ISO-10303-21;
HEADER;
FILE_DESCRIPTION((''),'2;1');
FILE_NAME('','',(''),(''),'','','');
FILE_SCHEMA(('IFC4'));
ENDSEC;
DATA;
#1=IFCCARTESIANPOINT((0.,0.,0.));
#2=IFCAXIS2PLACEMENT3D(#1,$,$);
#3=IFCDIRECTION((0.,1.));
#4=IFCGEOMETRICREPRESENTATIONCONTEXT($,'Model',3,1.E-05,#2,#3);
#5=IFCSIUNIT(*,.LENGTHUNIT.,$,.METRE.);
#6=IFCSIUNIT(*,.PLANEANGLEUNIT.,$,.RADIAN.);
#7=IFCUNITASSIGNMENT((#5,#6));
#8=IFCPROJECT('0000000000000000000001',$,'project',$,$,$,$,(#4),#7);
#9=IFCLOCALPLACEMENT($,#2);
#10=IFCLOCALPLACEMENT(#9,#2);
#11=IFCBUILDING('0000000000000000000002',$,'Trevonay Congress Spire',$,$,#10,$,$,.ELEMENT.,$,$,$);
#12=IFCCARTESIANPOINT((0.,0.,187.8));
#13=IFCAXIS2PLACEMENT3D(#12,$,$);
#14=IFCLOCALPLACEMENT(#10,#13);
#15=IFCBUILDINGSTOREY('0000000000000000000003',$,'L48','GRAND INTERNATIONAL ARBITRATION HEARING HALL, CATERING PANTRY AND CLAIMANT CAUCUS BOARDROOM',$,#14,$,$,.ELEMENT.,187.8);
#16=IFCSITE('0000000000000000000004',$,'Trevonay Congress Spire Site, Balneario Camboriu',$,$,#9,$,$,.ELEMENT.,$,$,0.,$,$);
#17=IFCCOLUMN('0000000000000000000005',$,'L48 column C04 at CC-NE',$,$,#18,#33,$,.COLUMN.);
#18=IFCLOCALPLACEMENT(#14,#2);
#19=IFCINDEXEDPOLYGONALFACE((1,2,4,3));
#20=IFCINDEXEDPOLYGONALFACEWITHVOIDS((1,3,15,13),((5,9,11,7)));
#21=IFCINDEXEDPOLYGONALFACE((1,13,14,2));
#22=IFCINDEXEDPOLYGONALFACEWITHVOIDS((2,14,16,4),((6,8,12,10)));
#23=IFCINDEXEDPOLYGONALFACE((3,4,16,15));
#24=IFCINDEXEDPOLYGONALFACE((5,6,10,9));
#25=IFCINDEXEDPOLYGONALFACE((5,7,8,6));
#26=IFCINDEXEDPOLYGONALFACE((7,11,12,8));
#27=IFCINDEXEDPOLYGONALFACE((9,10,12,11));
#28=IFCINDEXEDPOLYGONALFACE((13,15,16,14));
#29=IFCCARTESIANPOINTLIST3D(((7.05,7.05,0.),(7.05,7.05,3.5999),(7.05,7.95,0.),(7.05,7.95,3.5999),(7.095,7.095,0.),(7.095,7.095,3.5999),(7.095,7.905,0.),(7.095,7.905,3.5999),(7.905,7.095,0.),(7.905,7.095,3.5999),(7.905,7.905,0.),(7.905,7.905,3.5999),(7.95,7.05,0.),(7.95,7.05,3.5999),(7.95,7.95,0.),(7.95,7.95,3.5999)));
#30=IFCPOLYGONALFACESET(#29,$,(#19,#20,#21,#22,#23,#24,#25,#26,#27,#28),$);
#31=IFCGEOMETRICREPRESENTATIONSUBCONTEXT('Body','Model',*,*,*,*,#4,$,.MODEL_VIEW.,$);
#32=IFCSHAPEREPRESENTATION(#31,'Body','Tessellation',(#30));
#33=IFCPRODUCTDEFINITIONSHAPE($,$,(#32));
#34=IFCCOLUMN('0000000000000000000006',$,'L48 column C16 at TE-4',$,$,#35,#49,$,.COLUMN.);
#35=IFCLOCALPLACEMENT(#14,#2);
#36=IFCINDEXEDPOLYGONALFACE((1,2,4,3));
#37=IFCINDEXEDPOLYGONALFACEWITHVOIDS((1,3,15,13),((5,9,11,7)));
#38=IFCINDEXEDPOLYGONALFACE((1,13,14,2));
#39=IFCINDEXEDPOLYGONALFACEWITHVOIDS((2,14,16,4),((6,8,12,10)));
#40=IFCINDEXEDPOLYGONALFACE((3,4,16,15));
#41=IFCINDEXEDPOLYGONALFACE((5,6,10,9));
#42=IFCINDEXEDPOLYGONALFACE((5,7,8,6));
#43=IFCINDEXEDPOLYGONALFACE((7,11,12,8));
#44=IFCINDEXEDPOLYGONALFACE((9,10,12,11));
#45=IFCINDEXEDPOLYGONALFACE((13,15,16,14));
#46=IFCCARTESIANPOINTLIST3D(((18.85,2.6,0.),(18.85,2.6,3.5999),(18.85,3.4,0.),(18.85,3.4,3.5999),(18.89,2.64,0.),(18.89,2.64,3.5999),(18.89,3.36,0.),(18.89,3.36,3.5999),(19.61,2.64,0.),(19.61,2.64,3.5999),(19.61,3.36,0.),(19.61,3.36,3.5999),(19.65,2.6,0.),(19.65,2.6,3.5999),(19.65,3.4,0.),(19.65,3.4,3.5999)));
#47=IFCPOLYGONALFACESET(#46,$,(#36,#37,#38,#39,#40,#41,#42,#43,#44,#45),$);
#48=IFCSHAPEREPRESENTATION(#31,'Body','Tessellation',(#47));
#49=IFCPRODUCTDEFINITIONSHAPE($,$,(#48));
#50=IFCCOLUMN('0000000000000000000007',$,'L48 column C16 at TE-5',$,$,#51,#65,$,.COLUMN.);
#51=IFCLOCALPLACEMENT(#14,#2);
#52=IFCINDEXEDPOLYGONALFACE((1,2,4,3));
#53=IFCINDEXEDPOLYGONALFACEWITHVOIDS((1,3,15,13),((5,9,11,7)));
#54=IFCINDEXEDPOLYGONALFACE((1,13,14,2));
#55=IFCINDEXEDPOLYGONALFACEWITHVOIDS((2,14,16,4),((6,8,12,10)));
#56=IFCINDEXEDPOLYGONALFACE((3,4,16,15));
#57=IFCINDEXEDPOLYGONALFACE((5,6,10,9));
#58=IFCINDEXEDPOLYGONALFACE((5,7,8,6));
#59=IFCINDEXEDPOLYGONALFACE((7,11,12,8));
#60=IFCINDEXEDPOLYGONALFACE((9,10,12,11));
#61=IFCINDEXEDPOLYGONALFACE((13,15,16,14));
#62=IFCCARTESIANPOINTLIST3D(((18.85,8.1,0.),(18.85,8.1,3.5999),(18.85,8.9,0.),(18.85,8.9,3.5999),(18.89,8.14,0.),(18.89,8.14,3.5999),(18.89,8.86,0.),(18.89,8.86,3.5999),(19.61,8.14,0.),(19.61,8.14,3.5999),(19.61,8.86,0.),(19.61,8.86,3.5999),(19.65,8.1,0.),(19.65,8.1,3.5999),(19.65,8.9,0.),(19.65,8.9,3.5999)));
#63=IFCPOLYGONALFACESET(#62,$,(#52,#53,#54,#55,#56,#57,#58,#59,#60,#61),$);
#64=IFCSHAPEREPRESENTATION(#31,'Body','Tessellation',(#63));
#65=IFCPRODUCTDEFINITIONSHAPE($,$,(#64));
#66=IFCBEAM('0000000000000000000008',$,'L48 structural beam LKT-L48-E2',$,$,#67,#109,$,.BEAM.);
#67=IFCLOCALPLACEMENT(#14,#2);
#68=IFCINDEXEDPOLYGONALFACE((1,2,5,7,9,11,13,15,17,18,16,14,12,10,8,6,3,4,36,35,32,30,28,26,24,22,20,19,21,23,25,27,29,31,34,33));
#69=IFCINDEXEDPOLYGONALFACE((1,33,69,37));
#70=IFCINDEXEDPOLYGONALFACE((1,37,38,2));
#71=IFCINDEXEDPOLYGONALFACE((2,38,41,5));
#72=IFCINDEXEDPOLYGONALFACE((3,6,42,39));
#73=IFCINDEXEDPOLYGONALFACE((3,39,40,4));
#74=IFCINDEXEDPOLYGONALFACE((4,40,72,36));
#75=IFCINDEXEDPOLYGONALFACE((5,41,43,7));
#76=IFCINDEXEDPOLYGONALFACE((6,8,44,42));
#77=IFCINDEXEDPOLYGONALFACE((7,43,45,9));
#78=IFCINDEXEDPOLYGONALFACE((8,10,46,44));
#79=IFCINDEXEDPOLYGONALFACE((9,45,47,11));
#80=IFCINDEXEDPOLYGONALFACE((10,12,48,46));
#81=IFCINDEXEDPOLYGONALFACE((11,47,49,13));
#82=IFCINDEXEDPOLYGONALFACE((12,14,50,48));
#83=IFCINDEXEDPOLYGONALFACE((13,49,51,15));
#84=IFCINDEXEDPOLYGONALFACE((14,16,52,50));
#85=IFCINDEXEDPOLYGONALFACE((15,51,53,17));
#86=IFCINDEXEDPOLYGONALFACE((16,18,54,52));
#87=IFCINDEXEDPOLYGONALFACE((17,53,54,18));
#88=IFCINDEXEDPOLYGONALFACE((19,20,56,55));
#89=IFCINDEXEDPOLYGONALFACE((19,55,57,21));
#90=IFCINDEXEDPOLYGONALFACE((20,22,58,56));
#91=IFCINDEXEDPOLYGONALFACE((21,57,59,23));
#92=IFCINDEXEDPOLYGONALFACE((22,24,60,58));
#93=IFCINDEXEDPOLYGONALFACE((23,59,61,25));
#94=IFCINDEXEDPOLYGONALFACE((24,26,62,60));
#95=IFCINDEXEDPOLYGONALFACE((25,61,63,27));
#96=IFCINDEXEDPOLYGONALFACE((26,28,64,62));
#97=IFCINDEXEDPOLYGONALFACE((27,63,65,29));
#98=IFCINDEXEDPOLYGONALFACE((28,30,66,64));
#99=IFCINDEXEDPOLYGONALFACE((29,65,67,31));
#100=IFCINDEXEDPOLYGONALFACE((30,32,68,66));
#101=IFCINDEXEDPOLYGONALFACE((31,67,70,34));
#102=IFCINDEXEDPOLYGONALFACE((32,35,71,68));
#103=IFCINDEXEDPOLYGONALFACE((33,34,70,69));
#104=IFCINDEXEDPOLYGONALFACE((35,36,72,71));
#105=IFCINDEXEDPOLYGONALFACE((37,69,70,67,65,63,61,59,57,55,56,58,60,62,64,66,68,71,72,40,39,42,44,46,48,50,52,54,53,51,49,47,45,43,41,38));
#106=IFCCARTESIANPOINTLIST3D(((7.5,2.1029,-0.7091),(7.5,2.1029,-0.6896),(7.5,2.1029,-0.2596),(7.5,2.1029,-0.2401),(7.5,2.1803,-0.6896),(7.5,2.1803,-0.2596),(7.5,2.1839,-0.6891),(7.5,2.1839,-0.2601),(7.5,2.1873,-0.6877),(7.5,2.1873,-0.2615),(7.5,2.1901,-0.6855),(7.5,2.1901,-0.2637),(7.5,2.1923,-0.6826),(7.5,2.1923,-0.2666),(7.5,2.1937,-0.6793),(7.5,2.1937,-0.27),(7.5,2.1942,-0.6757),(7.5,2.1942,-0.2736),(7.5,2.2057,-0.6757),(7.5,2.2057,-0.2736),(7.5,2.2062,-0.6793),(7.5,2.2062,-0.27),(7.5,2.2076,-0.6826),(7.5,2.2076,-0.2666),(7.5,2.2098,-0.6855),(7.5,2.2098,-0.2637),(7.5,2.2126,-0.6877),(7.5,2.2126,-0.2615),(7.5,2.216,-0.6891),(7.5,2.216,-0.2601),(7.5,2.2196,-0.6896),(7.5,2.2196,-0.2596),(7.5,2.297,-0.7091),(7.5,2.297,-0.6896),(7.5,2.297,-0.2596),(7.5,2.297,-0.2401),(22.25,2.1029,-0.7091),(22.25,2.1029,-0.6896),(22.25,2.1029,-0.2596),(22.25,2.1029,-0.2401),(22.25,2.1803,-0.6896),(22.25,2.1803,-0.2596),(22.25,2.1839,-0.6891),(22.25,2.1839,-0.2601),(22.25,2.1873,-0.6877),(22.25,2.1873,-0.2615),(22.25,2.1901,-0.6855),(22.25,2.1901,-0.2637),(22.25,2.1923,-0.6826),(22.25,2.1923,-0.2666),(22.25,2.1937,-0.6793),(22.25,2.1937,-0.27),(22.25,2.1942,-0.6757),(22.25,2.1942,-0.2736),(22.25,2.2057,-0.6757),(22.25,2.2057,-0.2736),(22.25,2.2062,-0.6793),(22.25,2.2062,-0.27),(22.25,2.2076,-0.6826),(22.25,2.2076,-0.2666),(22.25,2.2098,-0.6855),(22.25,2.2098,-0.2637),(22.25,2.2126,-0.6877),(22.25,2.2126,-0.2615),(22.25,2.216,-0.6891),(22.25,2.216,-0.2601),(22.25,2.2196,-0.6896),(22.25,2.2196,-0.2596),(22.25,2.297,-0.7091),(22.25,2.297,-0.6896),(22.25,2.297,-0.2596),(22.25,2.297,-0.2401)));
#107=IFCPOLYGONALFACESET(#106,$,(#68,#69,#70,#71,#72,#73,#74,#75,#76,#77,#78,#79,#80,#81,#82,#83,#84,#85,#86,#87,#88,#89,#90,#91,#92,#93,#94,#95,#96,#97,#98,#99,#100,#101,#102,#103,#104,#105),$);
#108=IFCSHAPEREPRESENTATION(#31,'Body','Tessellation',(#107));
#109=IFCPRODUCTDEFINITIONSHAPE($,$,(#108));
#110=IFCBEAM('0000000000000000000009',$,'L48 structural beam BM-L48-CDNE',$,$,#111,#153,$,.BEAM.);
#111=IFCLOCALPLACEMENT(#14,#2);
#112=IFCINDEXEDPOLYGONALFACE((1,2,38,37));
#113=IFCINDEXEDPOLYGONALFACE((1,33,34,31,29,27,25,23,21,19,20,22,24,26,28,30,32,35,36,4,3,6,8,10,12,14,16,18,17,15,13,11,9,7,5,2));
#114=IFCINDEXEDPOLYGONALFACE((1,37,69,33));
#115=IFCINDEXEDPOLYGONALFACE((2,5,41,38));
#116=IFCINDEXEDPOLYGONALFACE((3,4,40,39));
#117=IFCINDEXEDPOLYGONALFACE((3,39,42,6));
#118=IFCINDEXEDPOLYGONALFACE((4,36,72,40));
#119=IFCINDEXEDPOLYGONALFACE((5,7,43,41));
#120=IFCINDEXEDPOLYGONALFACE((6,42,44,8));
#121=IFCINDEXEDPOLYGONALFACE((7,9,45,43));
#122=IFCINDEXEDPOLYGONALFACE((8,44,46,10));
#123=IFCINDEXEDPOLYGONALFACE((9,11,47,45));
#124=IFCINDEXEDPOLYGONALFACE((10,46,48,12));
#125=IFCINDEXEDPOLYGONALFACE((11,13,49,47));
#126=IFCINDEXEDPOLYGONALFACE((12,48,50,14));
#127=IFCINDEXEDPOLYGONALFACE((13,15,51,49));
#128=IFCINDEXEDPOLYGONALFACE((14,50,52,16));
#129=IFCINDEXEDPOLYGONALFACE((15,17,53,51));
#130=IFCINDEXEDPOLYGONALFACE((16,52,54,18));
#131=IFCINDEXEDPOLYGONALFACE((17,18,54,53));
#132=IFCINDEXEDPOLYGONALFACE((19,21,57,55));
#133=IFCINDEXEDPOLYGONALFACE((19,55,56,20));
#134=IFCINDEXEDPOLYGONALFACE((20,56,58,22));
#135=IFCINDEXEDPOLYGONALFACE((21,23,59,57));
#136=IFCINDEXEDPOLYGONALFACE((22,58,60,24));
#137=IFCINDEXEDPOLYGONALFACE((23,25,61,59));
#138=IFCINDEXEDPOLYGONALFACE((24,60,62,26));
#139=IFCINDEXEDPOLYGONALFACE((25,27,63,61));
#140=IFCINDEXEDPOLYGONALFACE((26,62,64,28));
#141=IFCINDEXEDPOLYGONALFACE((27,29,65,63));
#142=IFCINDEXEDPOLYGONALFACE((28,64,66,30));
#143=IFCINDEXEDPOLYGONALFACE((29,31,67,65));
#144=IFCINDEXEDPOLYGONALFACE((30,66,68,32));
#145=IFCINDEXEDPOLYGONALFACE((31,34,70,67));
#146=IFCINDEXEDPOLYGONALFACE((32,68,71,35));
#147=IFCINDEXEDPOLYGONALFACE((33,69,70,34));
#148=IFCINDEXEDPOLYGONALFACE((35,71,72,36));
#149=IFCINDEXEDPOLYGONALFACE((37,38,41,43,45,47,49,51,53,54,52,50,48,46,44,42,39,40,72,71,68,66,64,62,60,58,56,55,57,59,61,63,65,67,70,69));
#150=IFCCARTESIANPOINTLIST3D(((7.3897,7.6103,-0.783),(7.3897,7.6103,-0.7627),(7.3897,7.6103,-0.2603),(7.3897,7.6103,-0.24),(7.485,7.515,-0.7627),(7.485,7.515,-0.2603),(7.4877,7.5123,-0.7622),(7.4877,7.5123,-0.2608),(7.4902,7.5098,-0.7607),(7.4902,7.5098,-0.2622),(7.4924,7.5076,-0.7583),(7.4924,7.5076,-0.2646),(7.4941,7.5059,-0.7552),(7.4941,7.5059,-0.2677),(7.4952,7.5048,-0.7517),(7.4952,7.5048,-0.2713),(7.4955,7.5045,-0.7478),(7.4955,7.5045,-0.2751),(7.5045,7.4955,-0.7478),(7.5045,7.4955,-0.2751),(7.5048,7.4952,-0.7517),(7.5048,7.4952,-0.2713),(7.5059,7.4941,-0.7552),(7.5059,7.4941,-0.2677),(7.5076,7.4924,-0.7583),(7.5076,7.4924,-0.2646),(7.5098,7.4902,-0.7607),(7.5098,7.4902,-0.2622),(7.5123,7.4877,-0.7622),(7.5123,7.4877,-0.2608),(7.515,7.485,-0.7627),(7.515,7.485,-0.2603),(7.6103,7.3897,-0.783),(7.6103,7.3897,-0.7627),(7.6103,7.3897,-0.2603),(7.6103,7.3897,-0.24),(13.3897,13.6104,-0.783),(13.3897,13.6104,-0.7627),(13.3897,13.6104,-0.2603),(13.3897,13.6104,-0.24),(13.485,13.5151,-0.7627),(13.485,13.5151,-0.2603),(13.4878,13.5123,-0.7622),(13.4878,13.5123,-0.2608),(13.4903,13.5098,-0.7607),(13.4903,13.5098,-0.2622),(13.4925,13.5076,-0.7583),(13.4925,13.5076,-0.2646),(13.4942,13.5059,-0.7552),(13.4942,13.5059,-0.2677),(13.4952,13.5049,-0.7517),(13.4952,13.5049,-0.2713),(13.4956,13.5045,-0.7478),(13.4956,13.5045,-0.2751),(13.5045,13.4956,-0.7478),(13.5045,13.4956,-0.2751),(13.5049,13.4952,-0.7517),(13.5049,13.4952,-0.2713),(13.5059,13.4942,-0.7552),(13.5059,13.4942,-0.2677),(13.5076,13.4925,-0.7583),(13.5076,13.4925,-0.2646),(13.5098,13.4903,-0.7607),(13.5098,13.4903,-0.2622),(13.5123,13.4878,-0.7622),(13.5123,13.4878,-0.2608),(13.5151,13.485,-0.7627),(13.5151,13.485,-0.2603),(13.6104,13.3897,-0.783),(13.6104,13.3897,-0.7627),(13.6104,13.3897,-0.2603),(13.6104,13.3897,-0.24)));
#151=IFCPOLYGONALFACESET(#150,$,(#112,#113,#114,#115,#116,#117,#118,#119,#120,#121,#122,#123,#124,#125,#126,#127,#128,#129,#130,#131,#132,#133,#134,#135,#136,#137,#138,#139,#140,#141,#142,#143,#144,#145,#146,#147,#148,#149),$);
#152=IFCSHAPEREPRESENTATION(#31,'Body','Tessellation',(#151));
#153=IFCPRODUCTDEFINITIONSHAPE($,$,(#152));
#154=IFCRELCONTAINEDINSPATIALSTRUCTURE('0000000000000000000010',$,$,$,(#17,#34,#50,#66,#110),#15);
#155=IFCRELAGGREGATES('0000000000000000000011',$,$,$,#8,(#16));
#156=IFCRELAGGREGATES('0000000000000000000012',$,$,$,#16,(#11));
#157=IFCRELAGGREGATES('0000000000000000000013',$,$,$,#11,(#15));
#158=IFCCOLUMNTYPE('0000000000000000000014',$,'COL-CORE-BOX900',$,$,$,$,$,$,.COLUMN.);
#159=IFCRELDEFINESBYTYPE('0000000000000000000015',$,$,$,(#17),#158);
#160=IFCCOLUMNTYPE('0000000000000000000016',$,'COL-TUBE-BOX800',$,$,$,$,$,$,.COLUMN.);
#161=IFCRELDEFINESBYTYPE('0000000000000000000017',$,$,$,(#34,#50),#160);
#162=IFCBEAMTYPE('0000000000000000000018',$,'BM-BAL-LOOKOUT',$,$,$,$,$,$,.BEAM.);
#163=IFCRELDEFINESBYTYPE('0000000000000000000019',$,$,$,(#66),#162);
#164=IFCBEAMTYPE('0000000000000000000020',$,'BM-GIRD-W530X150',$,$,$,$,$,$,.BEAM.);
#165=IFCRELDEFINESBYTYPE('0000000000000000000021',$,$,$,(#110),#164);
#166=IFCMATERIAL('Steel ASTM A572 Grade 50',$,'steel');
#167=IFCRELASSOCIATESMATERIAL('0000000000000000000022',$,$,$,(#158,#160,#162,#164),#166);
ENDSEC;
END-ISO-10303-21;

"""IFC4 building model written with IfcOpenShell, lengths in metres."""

from ifc_helpers import new_model, si_unit, direction, frame, origin, origin_2d, place, context, subcontext, project, spatial, hollow_rectangle, i_section, extrude, material, material_profile, profile_set, type_object, element, save


model = new_model("IFC4")

# Units and contexts
model_context = context("Model", 3, precision=1e-05, world=origin(), true_north=direction((0.0, 1.0)))
body_context = subcontext(model_context, "Body", "Model", "MODEL_VIEW")
ifc_project = project(units=[si_unit("LENGTHUNIT", "METRE"), si_unit("PLANEANGLEUNIT", "RADIAN")], contexts=[model_context])

# Site, building, storey
site_placement = place(None, origin())
site = spatial("IfcSite", under=ifc_project, at=site_placement, Name="Trevonay Congress Spire Site, Balneario Camboriu", CompositionType="ELEMENT", RefElevation=0.0)
building_placement = place(site_placement, origin())
building = spatial("IfcBuilding", under=site, at=building_placement, Name="Trevonay Congress Spire", CompositionType="ELEMENT")
storey_placement = place(building_placement, frame((0.0, 0.0, 187.8)))
storey = spatial("IfcBuildingStorey", under=building, at=storey_placement, Name="L48", Description="GRAND INTERNATIONAL ARBITRATION HEARING HALL, CATERING PANTRY AND CLAIMANT CAUCUS BOARDROOM", CompositionType="ELEMENT", Elevation=187.8)

# Columns
ifc_material_1 = material(Name="Steel ASTM A572 Grade 50", Category="steel")
ifc_material_profile_1 = material_profile(ifc_material_1, hollow_rectangle(XDim=0.8999, YDim=0.8999, WallThickness=0.0449, at=origin_2d()), Name="BOX 900x900x45")
ifc_profile_set_1 = profile_set([ifc_material_profile_1], Name="Steel ASTM A572 Grade 50")
column_type_1 = type_object("IfcColumnType", Name="COL-CORE-BOX900", PredefinedType="COLUMN", material=ifc_profile_set_1)
column_placement = place(storey_placement, frame((7.5, 7.5, 0.0), z_axis=(0.0, 0.0, 1.0), x_axis=(1.0, 0.0, 0.0)))
element("IfcColumn", 1, at=column_placement, inside=storey, type_object=column_type_1, Name="L48 column C04 at CC-NE", PredefinedType="COLUMN", context=body_context, shape_type="SweptSolid", body=[
    extrude(hollow_rectangle(XDim=0.8999, YDim=0.8999, WallThickness=0.0449, at=origin_2d()), origin(), (0.0, 0.0, 1.0), 3.5999),
])
ifc_material_profile_2 = material_profile(ifc_material_1, hollow_rectangle(XDim=0.8, YDim=0.8, WallThickness=0.04, at=origin_2d()), Name="BOX 800x800x40")
ifc_profile_set_2 = profile_set([ifc_material_profile_2], Name="Steel ASTM A572 Grade 50")
column_type_2 = type_object("IfcColumnType", Name="COL-TUBE-BOX800", PredefinedType="COLUMN", material=ifc_profile_set_2)
for number, where, z_axis, x_axis, name in (
    (2, (19.25, 3.0, 0.0), (0.0, 0.0, 1.0), (1.0, 0.0, 0.0), "L48 column C16 at TE-4"),
    (3, (19.25, 8.5, 0.0), (0.0, 0.0, 1.0), (1.0, 0.0, 0.0), "L48 column C16 at TE-5"),
):
    element("IfcColumn", number, at=place(storey_placement, frame(where, z_axis=z_axis, x_axis=x_axis)), inside=storey, type_object=column_type_2, Name=name, PredefinedType="COLUMN", context=body_context, shape_type="SweptSolid", body=[
        extrude(hollow_rectangle(XDim=0.8, YDim=0.8, WallThickness=0.04, at=origin_2d()), origin(), (0.0, 0.0, 1.0), 3.5999),
    ])

# Beams
ifc_material_profile_3 = material_profile(ifc_material_1, i_section(OverallWidth=0.1941, OverallDepth=0.469, WebThickness=0.0115, FlangeThickness=0.0195, FilletRadius=0.0139, at=origin_2d()), Name="W460x106")
ifc_profile_set_3 = profile_set([ifc_material_profile_3], Name="Steel ASTM A572 Grade 50")
beam_type_1 = type_object("IfcBeamType", Name="BM-BAL-LOOKOUT", PredefinedType="BEAM", material=ifc_profile_set_3)
beam_1_placement = place(storey_placement, frame((7.5, 2.2, -0.4746), z_axis=(1.0, 0.0, 0.0), x_axis=(0.0, 1.0, 0.0)))
element("IfcBeam", 4, at=beam_1_placement, inside=storey, type_object=beam_type_1, Name="L48 structural beam LKT-L48-E2", PredefinedType="BEAM", context=body_context, shape_type="SweptSolid", body=[
    extrude(i_section(OverallWidth=0.1941, OverallDepth=0.469, WebThickness=0.0115, FlangeThickness=0.0195, FilletRadius=0.0139, at=origin_2d()), origin(), (0.0, 0.0, 1.0), 14.75),
])
ifc_material_profile_4 = material_profile(ifc_material_1, i_section(OverallWidth=0.312, OverallDepth=0.543, WebThickness=0.0127, FlangeThickness=0.0203, FilletRadius=0.0149, at=origin_2d()), Name="W530x150")
ifc_profile_set_4 = profile_set([ifc_material_profile_4], Name="Steel ASTM A572 Grade 50")
beam_type_2 = type_object("IfcBeamType", Name="BM-GIRD-W530X150", PredefinedType="BEAM", material=ifc_profile_set_4)
beam_2_placement = place(storey_placement, frame((7.5, 7.5, -0.5115), z_axis=(0.707107, 0.707107, 0.0), x_axis=(-0.707107, 0.707107, 0.0)))
element("IfcBeam", 5, at=beam_2_placement, inside=storey, type_object=beam_type_2, Name="L48 structural beam BM-L48-CDNE", PredefinedType="BEAM", context=body_context, shape_type="SweptSolid", body=[
    extrude(i_section(OverallWidth=0.312, OverallDepth=0.543, WebThickness=0.0127, FlangeThickness=0.0203, FilletRadius=0.0149, at=origin_2d()), origin(), (0.0, 0.0, 1.0), 8.4854),
])

save(model, "model.ifc")
